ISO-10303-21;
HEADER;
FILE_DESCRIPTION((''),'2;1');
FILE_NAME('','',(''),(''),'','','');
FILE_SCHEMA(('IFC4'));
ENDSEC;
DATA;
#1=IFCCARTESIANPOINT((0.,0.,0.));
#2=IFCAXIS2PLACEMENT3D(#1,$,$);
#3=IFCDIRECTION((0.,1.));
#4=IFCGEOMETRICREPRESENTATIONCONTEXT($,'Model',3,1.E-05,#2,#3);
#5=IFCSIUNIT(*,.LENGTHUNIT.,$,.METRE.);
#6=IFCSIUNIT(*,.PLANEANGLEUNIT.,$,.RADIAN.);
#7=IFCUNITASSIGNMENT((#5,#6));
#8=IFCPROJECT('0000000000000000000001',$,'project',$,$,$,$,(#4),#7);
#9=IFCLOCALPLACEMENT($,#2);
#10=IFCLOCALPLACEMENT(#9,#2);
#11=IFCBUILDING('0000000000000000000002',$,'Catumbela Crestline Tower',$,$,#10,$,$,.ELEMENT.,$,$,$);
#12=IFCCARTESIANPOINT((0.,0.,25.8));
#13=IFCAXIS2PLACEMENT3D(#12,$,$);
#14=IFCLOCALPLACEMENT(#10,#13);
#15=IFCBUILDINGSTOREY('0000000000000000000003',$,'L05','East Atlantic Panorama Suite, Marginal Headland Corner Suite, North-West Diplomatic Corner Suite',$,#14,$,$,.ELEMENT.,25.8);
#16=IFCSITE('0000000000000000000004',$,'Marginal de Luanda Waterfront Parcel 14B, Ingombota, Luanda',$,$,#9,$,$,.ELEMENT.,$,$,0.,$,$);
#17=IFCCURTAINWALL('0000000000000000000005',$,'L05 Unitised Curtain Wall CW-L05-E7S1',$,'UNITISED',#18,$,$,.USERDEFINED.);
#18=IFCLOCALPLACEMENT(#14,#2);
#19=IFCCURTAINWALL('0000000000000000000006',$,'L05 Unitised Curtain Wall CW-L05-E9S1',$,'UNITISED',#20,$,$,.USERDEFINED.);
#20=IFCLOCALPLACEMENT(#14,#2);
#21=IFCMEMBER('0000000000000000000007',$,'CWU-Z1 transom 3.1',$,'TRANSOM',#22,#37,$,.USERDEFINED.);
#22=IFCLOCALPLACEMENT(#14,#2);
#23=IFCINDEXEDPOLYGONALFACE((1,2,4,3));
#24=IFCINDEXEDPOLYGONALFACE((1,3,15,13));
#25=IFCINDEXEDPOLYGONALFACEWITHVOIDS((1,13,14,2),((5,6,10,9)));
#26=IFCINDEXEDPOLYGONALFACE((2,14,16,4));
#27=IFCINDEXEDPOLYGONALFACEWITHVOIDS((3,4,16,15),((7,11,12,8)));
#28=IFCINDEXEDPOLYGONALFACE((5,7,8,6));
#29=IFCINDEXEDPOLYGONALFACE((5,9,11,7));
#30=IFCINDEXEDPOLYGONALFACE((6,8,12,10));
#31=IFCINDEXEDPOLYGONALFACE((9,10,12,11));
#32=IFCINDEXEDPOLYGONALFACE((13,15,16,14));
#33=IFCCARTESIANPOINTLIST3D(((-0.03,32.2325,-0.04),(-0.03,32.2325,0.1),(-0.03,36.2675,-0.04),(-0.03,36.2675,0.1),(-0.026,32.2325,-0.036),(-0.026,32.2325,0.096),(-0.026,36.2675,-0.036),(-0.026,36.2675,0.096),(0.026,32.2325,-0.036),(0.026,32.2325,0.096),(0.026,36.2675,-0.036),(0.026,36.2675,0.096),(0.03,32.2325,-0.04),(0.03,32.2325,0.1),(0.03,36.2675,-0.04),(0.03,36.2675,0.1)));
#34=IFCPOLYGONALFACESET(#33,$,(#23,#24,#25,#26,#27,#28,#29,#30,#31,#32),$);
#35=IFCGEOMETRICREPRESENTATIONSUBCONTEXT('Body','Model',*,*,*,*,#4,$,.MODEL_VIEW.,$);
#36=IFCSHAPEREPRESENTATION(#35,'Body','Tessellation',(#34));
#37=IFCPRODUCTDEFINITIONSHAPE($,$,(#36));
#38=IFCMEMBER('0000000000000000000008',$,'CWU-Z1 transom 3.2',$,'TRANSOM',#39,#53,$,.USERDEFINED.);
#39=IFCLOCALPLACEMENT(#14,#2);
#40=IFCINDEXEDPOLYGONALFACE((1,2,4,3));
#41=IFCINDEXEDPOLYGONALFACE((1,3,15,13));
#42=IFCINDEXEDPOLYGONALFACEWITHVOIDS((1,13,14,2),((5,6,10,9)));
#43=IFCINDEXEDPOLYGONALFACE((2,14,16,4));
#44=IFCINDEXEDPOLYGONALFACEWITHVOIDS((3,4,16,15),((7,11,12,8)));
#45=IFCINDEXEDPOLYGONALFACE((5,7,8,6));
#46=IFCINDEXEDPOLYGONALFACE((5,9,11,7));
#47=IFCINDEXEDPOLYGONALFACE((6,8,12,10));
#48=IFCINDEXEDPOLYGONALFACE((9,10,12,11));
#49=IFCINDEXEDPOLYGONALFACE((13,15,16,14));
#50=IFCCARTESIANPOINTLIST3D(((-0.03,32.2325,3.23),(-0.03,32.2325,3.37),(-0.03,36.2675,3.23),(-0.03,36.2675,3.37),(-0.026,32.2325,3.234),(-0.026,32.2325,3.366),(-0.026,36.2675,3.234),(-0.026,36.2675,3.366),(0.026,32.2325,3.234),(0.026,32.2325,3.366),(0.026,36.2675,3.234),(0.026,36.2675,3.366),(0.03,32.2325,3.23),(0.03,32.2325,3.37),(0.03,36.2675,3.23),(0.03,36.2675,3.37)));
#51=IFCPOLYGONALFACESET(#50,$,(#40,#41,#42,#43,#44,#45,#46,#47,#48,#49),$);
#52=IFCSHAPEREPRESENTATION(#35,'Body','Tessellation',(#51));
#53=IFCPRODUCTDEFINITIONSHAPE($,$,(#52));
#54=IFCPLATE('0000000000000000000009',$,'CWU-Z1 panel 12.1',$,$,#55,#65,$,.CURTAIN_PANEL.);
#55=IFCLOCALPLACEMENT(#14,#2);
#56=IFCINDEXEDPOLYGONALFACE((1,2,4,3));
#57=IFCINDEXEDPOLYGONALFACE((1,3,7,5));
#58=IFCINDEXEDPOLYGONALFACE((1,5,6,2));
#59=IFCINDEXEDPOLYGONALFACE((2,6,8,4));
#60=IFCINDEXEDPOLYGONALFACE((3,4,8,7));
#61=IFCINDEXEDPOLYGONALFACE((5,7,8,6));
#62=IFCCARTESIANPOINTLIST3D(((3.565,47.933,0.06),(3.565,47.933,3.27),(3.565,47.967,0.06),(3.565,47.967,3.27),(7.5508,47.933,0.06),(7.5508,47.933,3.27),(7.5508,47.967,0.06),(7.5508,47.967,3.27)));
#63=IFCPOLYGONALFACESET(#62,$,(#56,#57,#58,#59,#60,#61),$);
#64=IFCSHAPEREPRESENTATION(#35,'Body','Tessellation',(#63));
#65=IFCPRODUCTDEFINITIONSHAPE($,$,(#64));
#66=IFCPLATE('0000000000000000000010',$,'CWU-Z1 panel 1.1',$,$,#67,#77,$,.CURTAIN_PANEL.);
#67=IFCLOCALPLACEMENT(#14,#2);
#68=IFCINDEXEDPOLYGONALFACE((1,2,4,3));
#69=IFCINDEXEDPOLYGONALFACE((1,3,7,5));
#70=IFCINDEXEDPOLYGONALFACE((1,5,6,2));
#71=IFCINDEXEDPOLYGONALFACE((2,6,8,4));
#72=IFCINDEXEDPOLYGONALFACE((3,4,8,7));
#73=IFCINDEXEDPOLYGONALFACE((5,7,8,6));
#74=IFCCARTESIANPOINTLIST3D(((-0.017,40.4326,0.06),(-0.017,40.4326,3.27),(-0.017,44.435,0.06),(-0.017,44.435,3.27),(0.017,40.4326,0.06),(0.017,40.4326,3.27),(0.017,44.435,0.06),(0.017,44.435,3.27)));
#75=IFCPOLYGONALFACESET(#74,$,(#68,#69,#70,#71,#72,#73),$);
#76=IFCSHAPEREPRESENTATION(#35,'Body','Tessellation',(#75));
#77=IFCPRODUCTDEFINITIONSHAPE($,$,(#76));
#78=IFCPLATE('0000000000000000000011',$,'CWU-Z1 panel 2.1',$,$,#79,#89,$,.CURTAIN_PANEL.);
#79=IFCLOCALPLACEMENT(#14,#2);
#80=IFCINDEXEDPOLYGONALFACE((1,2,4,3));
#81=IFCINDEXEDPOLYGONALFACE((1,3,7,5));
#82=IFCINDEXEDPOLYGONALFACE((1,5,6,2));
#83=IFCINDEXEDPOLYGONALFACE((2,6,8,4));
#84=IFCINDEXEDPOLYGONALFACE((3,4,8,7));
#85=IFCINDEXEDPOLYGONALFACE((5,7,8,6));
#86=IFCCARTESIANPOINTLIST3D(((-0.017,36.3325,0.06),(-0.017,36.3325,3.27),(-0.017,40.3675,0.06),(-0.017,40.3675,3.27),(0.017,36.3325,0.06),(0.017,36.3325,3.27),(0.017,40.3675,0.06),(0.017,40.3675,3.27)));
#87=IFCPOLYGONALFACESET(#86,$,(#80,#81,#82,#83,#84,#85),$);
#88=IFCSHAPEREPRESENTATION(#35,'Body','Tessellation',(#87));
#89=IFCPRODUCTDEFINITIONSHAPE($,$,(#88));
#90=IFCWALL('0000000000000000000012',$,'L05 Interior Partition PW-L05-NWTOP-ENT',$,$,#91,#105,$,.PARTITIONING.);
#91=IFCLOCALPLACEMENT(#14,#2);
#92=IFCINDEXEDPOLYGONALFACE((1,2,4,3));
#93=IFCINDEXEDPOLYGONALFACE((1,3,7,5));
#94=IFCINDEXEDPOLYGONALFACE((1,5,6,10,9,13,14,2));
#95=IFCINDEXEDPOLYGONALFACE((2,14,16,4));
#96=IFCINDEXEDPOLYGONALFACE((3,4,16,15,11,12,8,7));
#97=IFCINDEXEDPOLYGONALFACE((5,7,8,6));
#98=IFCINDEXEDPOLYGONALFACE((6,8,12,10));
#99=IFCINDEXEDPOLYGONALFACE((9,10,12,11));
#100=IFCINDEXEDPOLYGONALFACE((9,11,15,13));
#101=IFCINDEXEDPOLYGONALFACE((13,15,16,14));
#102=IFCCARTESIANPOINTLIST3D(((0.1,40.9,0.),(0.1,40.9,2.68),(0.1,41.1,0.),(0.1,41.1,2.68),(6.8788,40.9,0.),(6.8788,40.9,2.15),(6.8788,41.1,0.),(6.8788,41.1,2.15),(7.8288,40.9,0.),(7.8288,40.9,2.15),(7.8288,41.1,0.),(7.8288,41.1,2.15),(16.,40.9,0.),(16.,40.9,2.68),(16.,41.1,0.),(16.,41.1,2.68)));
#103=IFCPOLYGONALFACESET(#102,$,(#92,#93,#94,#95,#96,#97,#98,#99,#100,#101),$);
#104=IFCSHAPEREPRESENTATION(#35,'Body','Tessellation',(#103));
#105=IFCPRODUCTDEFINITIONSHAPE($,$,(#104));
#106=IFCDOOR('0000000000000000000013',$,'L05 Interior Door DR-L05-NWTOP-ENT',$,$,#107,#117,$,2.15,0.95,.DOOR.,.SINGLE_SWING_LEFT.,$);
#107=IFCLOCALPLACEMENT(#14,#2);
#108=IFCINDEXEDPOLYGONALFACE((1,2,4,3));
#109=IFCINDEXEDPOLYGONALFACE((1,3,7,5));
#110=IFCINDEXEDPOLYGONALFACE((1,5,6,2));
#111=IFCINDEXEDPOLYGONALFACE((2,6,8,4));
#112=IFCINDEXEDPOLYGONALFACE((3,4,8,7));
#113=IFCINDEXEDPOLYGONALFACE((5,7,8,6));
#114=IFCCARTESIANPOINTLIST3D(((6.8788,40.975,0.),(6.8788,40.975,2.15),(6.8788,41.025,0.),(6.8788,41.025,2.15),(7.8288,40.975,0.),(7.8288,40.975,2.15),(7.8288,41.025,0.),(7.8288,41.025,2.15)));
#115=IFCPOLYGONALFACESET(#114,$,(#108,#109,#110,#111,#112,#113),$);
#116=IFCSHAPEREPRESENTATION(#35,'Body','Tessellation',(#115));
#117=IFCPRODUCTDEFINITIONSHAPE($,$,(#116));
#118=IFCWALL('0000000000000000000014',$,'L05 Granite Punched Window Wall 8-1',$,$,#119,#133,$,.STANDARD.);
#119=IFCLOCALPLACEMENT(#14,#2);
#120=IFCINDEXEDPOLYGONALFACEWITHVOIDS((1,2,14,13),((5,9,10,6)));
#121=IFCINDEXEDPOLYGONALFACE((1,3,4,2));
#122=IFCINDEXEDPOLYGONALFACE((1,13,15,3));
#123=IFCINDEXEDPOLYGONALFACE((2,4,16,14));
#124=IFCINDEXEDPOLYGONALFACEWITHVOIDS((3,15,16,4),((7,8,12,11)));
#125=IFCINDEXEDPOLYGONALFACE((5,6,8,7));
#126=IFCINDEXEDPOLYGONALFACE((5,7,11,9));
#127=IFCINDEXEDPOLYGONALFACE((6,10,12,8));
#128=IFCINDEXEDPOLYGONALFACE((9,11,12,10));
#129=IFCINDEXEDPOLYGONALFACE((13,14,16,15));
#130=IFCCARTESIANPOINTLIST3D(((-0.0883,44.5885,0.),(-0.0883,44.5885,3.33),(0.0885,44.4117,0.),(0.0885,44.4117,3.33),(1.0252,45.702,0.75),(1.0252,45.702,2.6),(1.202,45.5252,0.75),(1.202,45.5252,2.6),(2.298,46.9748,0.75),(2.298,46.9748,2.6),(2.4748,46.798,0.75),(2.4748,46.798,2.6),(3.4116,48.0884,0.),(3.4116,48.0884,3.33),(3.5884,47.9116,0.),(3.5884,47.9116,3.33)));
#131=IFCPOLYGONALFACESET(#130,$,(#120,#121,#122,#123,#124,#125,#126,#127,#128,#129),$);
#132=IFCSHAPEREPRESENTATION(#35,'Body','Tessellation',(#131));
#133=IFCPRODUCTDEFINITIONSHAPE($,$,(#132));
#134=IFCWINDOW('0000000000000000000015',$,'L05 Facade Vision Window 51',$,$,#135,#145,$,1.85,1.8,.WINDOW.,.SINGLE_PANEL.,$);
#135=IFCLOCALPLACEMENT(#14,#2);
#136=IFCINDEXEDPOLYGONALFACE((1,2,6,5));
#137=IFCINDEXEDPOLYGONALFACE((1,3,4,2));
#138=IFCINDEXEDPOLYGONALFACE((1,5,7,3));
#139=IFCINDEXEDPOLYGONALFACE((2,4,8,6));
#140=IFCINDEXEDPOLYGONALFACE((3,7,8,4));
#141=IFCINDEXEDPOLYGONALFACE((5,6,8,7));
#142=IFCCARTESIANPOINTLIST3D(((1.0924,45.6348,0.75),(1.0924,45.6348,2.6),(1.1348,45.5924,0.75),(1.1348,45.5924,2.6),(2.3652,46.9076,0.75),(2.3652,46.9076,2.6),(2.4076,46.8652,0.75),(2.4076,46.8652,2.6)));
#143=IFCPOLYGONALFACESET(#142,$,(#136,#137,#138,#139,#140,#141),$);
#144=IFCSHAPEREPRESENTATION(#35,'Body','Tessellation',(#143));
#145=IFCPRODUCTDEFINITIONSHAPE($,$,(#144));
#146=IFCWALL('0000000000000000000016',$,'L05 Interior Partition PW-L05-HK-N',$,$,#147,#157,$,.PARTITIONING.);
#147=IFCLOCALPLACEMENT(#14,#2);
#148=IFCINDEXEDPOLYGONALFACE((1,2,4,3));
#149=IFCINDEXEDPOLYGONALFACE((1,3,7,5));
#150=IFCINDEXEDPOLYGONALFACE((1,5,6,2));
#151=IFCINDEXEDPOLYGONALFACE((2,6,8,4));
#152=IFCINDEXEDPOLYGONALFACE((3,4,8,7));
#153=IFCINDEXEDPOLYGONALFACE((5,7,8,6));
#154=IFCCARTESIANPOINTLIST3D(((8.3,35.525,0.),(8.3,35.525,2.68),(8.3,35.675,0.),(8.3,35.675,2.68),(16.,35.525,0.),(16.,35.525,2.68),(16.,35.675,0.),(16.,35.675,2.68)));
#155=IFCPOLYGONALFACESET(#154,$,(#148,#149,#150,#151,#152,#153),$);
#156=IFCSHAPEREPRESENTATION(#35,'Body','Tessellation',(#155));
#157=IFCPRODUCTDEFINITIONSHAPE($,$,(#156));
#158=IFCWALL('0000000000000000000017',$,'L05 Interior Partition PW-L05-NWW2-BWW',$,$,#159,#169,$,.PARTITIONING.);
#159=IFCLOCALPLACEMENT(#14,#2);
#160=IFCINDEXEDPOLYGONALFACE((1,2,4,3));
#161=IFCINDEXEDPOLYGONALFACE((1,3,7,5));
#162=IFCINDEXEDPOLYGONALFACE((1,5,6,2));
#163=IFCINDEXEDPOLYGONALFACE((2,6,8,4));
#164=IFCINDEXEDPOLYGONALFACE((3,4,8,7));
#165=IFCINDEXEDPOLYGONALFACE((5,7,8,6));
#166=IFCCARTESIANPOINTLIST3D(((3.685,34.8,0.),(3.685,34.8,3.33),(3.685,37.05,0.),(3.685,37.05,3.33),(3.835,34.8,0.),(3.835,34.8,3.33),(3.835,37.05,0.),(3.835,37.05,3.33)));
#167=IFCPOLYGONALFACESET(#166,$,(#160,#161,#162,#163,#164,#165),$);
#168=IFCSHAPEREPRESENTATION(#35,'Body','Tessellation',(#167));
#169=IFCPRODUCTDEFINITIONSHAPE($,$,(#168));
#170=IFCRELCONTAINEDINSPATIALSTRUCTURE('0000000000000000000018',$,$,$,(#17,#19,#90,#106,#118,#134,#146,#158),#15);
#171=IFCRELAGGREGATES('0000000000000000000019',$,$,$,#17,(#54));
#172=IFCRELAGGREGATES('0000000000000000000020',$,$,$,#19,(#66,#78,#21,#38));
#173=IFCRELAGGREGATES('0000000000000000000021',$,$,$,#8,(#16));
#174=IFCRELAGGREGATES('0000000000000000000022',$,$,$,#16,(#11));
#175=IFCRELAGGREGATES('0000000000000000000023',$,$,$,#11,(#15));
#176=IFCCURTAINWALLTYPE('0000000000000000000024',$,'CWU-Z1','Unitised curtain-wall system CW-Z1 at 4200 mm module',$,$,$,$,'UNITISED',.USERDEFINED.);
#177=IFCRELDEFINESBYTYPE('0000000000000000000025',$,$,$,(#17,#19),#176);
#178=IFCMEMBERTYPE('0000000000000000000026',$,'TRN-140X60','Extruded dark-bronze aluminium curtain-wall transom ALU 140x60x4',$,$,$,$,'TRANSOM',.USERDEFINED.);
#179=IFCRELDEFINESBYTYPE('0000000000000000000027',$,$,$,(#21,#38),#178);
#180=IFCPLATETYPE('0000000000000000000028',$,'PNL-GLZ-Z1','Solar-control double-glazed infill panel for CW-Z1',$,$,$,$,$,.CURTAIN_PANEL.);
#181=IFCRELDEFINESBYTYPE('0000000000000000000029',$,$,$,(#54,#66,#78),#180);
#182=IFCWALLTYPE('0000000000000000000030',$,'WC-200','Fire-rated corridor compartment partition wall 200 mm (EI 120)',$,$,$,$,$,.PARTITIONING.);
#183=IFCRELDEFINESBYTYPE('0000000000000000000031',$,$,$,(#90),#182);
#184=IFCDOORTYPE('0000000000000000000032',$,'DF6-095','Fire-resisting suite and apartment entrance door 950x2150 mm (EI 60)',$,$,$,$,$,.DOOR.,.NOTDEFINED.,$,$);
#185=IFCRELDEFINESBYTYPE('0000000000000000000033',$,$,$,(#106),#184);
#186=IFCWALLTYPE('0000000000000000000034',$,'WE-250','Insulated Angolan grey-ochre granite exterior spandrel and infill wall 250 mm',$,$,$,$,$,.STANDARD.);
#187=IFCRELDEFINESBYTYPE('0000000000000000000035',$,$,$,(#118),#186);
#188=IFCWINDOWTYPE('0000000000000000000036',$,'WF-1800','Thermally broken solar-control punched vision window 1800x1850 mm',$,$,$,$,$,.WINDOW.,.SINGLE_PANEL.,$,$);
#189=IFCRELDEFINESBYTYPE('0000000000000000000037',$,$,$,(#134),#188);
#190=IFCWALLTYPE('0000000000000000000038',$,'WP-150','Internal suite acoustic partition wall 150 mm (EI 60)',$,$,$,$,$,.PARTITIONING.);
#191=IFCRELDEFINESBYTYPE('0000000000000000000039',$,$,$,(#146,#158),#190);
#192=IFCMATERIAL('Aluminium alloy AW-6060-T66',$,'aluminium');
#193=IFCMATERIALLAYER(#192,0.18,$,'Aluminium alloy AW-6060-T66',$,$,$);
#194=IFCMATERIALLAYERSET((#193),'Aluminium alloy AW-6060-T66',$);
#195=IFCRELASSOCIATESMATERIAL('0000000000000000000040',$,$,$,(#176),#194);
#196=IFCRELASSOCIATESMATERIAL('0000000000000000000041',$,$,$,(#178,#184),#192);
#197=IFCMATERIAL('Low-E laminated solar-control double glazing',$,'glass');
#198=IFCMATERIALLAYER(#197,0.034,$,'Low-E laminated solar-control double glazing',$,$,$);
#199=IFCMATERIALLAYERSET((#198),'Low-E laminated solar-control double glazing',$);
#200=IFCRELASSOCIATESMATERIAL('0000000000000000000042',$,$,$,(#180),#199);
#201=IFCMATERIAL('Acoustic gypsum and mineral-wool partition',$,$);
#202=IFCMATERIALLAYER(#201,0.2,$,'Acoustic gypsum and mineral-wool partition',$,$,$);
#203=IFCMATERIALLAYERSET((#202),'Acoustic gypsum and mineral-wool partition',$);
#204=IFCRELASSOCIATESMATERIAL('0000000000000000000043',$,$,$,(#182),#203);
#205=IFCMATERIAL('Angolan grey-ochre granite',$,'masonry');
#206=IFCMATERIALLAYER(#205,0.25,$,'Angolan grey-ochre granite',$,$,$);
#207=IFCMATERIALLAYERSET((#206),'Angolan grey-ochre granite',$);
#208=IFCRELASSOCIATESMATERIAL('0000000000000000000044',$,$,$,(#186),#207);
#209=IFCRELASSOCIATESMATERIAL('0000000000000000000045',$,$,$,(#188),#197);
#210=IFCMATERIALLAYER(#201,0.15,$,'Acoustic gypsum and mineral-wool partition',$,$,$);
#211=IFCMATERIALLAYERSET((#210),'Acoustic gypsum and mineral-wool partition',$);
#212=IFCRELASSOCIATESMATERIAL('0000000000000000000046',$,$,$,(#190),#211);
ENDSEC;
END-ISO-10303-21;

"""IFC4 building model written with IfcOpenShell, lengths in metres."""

from ifc_helpers import new_model, si_unit, direction, frame, frame_2d, origin, origin_2d, place, context, subcontext, project, spatial, rectangle, hollow_rectangle, extrude, material, layer, layer_set, material_profile, profile_set, type_object, element, fill, aggregate, save


model = new_model("IFC4")

# Units and contexts
model_context = context("Model", 3, precision=1e-05, world=origin(), true_north=direction((0.0, 1.0)))
body_context = subcontext(model_context, "Body", "Model", "MODEL_VIEW")
ifc_project = project(units=[si_unit("LENGTHUNIT", "METRE"), si_unit("PLANEANGLEUNIT", "RADIAN")], contexts=[model_context])

# Site, building, storey
site_placement = place(None, origin())
site = spatial("IfcSite", under=ifc_project, at=site_placement, Name="Marginal de Luanda Waterfront Parcel 14B, Ingombota, Luanda", CompositionType="ELEMENT", RefElevation=0.0)
building_placement = place(site_placement, origin())
building = spatial("IfcBuilding", under=site, at=building_placement, Name="Catumbela Crestline Tower", CompositionType="ELEMENT")
storey_placement = place(building_placement, frame((0.0, 0.0, 25.8)))
storey = spatial("IfcBuildingStorey", under=building, at=storey_placement, Name="L05", Description="East Atlantic Panorama Suite, Marginal Headland Corner Suite, North-West Diplomatic Corner Suite", CompositionType="ELEMENT", Elevation=25.8)

# Curtain walls
ifc_material_1 = material(Name="Aluminium alloy AW-6060-T66", Category="aluminium")
ifc_layer_1 = layer(ifc_material_1, 0.18, Name="Aluminium alloy AW-6060-T66")
ifc_layer_set_1 = layer_set([ifc_layer_1], Name="Aluminium alloy AW-6060-T66")
curtain_wall_type = type_object("IfcCurtainWallType", Name="CWU-Z1", Description="Unitised curtain-wall system CW-Z1 at 4200 mm module", ElementType="UNITISED", PredefinedType="USERDEFINED", material=ifc_layer_set_1)
curtain_wall_1_placement = place(storey_placement, origin())
curtain_wall_1 = element("IfcCurtainWall", 1, at=curtain_wall_1_placement, inside=storey, type_object=curtain_wall_type, Name="L05 Unitised Curtain Wall CW-L05-E7S1", ObjectType="UNITISED", PredefinedType="USERDEFINED")
curtain_wall_2_placement = place(storey_placement, origin())
curtain_wall_2 = element("IfcCurtainWall", 2, at=curtain_wall_2_placement, inside=storey, type_object=curtain_wall_type, Name="L05 Unitised Curtain Wall CW-L05-E9S1", ObjectType="UNITISED", PredefinedType="USERDEFINED")

# Members
ifc_material_profile_1 = material_profile(ifc_material_1, hollow_rectangle(XDim=0.06, YDim=0.14, WallThickness=0.004, at=origin_2d()), Name="ALU 140x60x4")
ifc_profile_set_1 = profile_set([ifc_material_profile_1], Name="Aluminium alloy AW-6060-T66")
member_type_1 = type_object("IfcMemberType", Name="TRN-140X60", Description="Extruded dark-bronze aluminium curtain-wall transom ALU 140x60x4", ElementType="TRANSOM", PredefinedType="USERDEFINED", material=ifc_profile_set_1)
member_1_placement = place(storey_placement, frame((0.0, 36.2675, 0.03), z_axis=(0.0, -1.0, 0.0), x_axis=(1.0, 0.0, 0.0)))
member_1 = element("IfcMember", 3, at=member_1_placement, type_object=member_type_1, Name="CWU-Z1 transom 3.1", ObjectType="TRANSOM", PredefinedType="USERDEFINED", context=body_context, shape_type="SweptSolid", body=[
    extrude(hollow_rectangle(XDim=0.06, YDim=0.14, WallThickness=0.004, at=origin_2d()), origin(), (0.0, 0.0, 1.0), 4.035),
])
member_2_placement = place(storey_placement, frame((0.0, 36.2675, 3.3), z_axis=(0.0, -1.0, 0.0), x_axis=(1.0, 0.0, 0.0)))
member_2 = element("IfcMember", 4, at=member_2_placement, type_object=member_type_1, Name="CWU-Z1 transom 3.2", ObjectType="TRANSOM", PredefinedType="USERDEFINED", context=body_context, shape_type="SweptSolid", body=[
    extrude(hollow_rectangle(XDim=0.06, YDim=0.14, WallThickness=0.004, at=origin_2d()), origin(), (0.0, 0.0, 1.0), 4.035),
])

# Plates
ifc_material_2 = material(Name="Low-E laminated solar-control double glazing", Category="glass")
ifc_layer_2 = layer(ifc_material_2, 0.034, Name="Low-E laminated solar-control double glazing")
ifc_layer_set_2 = layer_set([ifc_layer_2], Name="Low-E laminated solar-control double glazing")
plate_type = type_object("IfcPlateType", Name="PNL-GLZ-Z1", Description="Solar-control double-glazed infill panel for CW-Z1", PredefinedType="CURTAIN_PANEL", material=ifc_layer_set_2)
plate_1_placement = place(storey_placement, frame((5.5579, 47.95, 0.06), z_axis=(0.0, 0.0, 1.0), x_axis=(-1.0, 0.0, 0.0)))
plate_1 = element("IfcPlate", 5, at=plate_1_placement, type_object=plate_type, Name="CWU-Z1 panel 12.1", PredefinedType="CURTAIN_PANEL", context=body_context, shape_type="SweptSolid", body=[
    extrude(rectangle(XDim=3.9858, YDim=0.034, at=origin_2d()), origin(), (0.0, 0.0, 1.0), 3.21),
])
aggregate(curtain_wall_1, [plate_1])
plate_2_placement = place(storey_placement, frame((0.0, 42.4338, 0.06), z_axis=(0.0, 0.0, 1.0), x_axis=(0.0, -1.0, 0.0)))
plate_2 = element("IfcPlate", 6, at=plate_2_placement, type_object=plate_type, Name="CWU-Z1 panel 1.1", PredefinedType="CURTAIN_PANEL", context=body_context, shape_type="SweptSolid", body=[
    extrude(rectangle(XDim=4.0025, YDim=0.034, at=origin_2d()), origin(), (0.0, 0.0, 1.0), 3.21),
])
plate_3_placement = place(storey_placement, frame((0.0, 38.35, 0.06), z_axis=(0.0, 0.0, 1.0), x_axis=(0.0, -1.0, 0.0)))
plate_3 = element("IfcPlate", 7, at=plate_3_placement, type_object=plate_type, Name="CWU-Z1 panel 2.1", PredefinedType="CURTAIN_PANEL", context=body_context, shape_type="SweptSolid", body=[
    extrude(rectangle(XDim=4.035, YDim=0.034, at=origin_2d()), origin(), (0.0, 0.0, 1.0), 3.21),
])
aggregate(curtain_wall_2, [plate_2, plate_3, member_1, member_2])

# Wall, opening, door
ifc_material_3 = material(Name="Acoustic gypsum and mineral-wool partition")
ifc_layer_3 = layer(ifc_material_3, 0.2, Name="Acoustic gypsum and mineral-wool partition")
ifc_layer_set_3 = layer_set([ifc_layer_3], Name="Acoustic gypsum and mineral-wool partition")
wall_type_1 = type_object("IfcWallType", Name="WC-200", Description="Fire-rated corridor compartment partition wall 200 mm (EI 120)", PredefinedType="PARTITIONING", material=ifc_layer_set_3)
wall_1_placement = place(storey_placement, frame((0.1, 41.0, 0.0), z_axis=(0.0, 0.0, 1.0), x_axis=(1.0, 0.0, 0.0)))
wall_1 = element("IfcWall", 8, at=wall_1_placement, inside=storey, type_object=wall_type_1, Name="L05 Interior Partition PW-L05-NWTOP-ENT", PredefinedType="PARTITIONING", context=body_context, shape_type="SweptSolid", body=[
    extrude(rectangle(XDim=15.9, YDim=0.2, at=frame_2d((7.95, 0.0))), origin(), (0.0, 0.0, 1.0), 2.68),
])
opening_1_placement = place(wall_1_placement, frame((6.7788, 0.0, 0.0)))
opening_1 = element("IfcOpeningElement", 9, at=opening_1_placement, cuts=wall_1, PredefinedType="OPENING", context=body_context, shape_type="SweptSolid", body=[
    extrude(rectangle(XDim=0.95, YDim=2.15, at=frame_2d((0.475, 1.075))), frame((0.0, 0.11, 0.0), z_axis=(0.0, -1.0, 0.0), x_axis=(1.0, 0.0, 0.0)), (0.0, 0.0, 1.0), 0.22),
])
door_type_1 = type_object("IfcDoorType", Name="DF6-095", Description="Fire-resisting suite and apartment entrance door 950x2150 mm (EI 60)", OperationType="NOTDEFINED", PredefinedType="DOOR", material=ifc_material_1)
door_1_placement = place(opening_1_placement, origin())
door_1 = element("IfcDoor", 10, at=door_1_placement, inside=storey, type_object=door_type_1, Name="L05 Interior Door DR-L05-NWTOP-ENT", OperationType="SINGLE_SWING_LEFT", OverallHeight=2.15, OverallWidth=0.95, PredefinedType="DOOR", context=body_context, shape_type="SweptSolid", body=[
    extrude(rectangle(XDim=0.95, YDim=2.15, at=frame_2d((0.475, 1.075))), frame((0.0, 0.025, 0.0), z_axis=(0.0, -1.0, 0.0), x_axis=(1.0, 0.0, 0.0)), (0.0, 0.0, 1.0), 0.05),
])
fill(opening_1, door_1)

# Wall, opening, window
ifc_material_4 = material(Name="Angolan grey-ochre granite", Category="masonry")
ifc_layer_4 = layer(ifc_material_4, 0.25, Name="Angolan grey-ochre granite")
ifc_layer_set_4 = layer_set([ifc_layer_4], Name="Angolan grey-ochre granite")
wall_type_2 = type_object("IfcWallType", Name="WE-250", Description="Insulated Angolan grey-ochre granite exterior spandrel and infill wall 250 mm", PredefinedType="STANDARD", material=ifc_layer_set_4)
wall_2_placement = place(storey_placement, frame((3.5, 48.0, 0.0), z_axis=(0.0, 0.0, 1.0), x_axis=(-0.707107, -0.707107, 0.0)))
wall_2 = element("IfcWall", 11, at=wall_2_placement, inside=storey, type_object=wall_type_2, Name="L05 Granite Punched Window Wall 8-1", PredefinedType="STANDARD", context=body_context, shape_type="SweptSolid", body=[
    extrude(rectangle(XDim=4.9497, YDim=0.25, at=frame_2d((2.4748, 0.0))), origin(), (0.0, 0.0, 1.0), 3.33),
])
opening_2_placement = place(wall_2_placement, frame((1.5749, 0.0, 0.75)))
opening_2 = element("IfcOpeningElement", 12, at=opening_2_placement, cuts=wall_2, PredefinedType="OPENING", context=body_context, shape_type="SweptSolid", body=[
    extrude(rectangle(XDim=1.8, YDim=1.85, at=frame_2d((0.9, 0.925))), frame((0.0, 0.135, 0.0), z_axis=(0.0, -1.0, 0.0), x_axis=(1.0, 0.0, 0.0)), (0.0, 0.0, 1.0), 0.27),
])
window_type = type_object("IfcWindowType", Name="WF-1800", Description="Thermally broken solar-control punched vision window 1800x1850 mm", PartitioningType="SINGLE_PANEL", PredefinedType="WINDOW", material=ifc_material_2)
window_placement = place(opening_2_placement, origin())
window = element("IfcWindow", 13, at=window_placement, inside=storey, type_object=window_type, Name="L05 Facade Vision Window 51", OverallHeight=1.85, OverallWidth=1.8, PartitioningType="SINGLE_PANEL", PredefinedType="WINDOW", context=body_context, shape_type="SweptSolid", body=[
    extrude(rectangle(XDim=1.8, YDim=1.85, at=frame_2d((0.9, 0.925))), frame((0.0, 0.03, 0.0), z_axis=(0.0, -1.0, 0.0), x_axis=(1.0, 0.0, 0.0)), (0.0, 0.0, 1.0), 0.06),
])
fill(opening_2, window)

# Walls
ifc_layer_5 = layer(ifc_material_3, 0.15, Name="Acoustic gypsum and mineral-wool partition")
ifc_layer_set_5 = layer_set([ifc_layer_5], Name="Acoustic gypsum and mineral-wool partition")
wall_type_3 = type_object("IfcWallType", Name="WP-150", Description="Internal suite acoustic partition wall 150 mm (EI 60)", PredefinedType="PARTITIONING", material=ifc_layer_set_5)
wall_3_placement = place(storey_placement, frame((8.3, 35.6, 0.0), z_axis=(0.0, 0.0, 1.0), x_axis=(1.0, 0.0, 0.0)))
element("IfcWall", 14, at=wall_3_placement, inside=storey, type_object=wall_type_3, Name="L05 Interior Partition PW-L05-HK-N", PredefinedType="PARTITIONING", context=body_context, shape_type="SweptSolid", body=[
    extrude(rectangle(XDim=7.7, YDim=0.15, at=frame_2d((3.85, 0.0))), origin(), (0.0, 0.0, 1.0), 2.68),
])
wall_4_placement = place(storey_placement, frame((3.76, 34.8, 0.0), z_axis=(0.0, 0.0, 1.0), x_axis=(0.0, 1.0, 0.0)))
element("IfcWall", 15, at=wall_4_placement, inside=storey, type_object=wall_type_3, Name="L05 Interior Partition PW-L05-NWW2-BWW", PredefinedType="PARTITIONING", context=body_context, shape_type="SweptSolid", body=[
    extrude(rectangle(XDim=2.25, YDim=0.15, at=frame_2d((1.125, 0.0))), origin(), (0.0, 0.0, 1.0), 3.33),
])

save(model, "model.ifc")
